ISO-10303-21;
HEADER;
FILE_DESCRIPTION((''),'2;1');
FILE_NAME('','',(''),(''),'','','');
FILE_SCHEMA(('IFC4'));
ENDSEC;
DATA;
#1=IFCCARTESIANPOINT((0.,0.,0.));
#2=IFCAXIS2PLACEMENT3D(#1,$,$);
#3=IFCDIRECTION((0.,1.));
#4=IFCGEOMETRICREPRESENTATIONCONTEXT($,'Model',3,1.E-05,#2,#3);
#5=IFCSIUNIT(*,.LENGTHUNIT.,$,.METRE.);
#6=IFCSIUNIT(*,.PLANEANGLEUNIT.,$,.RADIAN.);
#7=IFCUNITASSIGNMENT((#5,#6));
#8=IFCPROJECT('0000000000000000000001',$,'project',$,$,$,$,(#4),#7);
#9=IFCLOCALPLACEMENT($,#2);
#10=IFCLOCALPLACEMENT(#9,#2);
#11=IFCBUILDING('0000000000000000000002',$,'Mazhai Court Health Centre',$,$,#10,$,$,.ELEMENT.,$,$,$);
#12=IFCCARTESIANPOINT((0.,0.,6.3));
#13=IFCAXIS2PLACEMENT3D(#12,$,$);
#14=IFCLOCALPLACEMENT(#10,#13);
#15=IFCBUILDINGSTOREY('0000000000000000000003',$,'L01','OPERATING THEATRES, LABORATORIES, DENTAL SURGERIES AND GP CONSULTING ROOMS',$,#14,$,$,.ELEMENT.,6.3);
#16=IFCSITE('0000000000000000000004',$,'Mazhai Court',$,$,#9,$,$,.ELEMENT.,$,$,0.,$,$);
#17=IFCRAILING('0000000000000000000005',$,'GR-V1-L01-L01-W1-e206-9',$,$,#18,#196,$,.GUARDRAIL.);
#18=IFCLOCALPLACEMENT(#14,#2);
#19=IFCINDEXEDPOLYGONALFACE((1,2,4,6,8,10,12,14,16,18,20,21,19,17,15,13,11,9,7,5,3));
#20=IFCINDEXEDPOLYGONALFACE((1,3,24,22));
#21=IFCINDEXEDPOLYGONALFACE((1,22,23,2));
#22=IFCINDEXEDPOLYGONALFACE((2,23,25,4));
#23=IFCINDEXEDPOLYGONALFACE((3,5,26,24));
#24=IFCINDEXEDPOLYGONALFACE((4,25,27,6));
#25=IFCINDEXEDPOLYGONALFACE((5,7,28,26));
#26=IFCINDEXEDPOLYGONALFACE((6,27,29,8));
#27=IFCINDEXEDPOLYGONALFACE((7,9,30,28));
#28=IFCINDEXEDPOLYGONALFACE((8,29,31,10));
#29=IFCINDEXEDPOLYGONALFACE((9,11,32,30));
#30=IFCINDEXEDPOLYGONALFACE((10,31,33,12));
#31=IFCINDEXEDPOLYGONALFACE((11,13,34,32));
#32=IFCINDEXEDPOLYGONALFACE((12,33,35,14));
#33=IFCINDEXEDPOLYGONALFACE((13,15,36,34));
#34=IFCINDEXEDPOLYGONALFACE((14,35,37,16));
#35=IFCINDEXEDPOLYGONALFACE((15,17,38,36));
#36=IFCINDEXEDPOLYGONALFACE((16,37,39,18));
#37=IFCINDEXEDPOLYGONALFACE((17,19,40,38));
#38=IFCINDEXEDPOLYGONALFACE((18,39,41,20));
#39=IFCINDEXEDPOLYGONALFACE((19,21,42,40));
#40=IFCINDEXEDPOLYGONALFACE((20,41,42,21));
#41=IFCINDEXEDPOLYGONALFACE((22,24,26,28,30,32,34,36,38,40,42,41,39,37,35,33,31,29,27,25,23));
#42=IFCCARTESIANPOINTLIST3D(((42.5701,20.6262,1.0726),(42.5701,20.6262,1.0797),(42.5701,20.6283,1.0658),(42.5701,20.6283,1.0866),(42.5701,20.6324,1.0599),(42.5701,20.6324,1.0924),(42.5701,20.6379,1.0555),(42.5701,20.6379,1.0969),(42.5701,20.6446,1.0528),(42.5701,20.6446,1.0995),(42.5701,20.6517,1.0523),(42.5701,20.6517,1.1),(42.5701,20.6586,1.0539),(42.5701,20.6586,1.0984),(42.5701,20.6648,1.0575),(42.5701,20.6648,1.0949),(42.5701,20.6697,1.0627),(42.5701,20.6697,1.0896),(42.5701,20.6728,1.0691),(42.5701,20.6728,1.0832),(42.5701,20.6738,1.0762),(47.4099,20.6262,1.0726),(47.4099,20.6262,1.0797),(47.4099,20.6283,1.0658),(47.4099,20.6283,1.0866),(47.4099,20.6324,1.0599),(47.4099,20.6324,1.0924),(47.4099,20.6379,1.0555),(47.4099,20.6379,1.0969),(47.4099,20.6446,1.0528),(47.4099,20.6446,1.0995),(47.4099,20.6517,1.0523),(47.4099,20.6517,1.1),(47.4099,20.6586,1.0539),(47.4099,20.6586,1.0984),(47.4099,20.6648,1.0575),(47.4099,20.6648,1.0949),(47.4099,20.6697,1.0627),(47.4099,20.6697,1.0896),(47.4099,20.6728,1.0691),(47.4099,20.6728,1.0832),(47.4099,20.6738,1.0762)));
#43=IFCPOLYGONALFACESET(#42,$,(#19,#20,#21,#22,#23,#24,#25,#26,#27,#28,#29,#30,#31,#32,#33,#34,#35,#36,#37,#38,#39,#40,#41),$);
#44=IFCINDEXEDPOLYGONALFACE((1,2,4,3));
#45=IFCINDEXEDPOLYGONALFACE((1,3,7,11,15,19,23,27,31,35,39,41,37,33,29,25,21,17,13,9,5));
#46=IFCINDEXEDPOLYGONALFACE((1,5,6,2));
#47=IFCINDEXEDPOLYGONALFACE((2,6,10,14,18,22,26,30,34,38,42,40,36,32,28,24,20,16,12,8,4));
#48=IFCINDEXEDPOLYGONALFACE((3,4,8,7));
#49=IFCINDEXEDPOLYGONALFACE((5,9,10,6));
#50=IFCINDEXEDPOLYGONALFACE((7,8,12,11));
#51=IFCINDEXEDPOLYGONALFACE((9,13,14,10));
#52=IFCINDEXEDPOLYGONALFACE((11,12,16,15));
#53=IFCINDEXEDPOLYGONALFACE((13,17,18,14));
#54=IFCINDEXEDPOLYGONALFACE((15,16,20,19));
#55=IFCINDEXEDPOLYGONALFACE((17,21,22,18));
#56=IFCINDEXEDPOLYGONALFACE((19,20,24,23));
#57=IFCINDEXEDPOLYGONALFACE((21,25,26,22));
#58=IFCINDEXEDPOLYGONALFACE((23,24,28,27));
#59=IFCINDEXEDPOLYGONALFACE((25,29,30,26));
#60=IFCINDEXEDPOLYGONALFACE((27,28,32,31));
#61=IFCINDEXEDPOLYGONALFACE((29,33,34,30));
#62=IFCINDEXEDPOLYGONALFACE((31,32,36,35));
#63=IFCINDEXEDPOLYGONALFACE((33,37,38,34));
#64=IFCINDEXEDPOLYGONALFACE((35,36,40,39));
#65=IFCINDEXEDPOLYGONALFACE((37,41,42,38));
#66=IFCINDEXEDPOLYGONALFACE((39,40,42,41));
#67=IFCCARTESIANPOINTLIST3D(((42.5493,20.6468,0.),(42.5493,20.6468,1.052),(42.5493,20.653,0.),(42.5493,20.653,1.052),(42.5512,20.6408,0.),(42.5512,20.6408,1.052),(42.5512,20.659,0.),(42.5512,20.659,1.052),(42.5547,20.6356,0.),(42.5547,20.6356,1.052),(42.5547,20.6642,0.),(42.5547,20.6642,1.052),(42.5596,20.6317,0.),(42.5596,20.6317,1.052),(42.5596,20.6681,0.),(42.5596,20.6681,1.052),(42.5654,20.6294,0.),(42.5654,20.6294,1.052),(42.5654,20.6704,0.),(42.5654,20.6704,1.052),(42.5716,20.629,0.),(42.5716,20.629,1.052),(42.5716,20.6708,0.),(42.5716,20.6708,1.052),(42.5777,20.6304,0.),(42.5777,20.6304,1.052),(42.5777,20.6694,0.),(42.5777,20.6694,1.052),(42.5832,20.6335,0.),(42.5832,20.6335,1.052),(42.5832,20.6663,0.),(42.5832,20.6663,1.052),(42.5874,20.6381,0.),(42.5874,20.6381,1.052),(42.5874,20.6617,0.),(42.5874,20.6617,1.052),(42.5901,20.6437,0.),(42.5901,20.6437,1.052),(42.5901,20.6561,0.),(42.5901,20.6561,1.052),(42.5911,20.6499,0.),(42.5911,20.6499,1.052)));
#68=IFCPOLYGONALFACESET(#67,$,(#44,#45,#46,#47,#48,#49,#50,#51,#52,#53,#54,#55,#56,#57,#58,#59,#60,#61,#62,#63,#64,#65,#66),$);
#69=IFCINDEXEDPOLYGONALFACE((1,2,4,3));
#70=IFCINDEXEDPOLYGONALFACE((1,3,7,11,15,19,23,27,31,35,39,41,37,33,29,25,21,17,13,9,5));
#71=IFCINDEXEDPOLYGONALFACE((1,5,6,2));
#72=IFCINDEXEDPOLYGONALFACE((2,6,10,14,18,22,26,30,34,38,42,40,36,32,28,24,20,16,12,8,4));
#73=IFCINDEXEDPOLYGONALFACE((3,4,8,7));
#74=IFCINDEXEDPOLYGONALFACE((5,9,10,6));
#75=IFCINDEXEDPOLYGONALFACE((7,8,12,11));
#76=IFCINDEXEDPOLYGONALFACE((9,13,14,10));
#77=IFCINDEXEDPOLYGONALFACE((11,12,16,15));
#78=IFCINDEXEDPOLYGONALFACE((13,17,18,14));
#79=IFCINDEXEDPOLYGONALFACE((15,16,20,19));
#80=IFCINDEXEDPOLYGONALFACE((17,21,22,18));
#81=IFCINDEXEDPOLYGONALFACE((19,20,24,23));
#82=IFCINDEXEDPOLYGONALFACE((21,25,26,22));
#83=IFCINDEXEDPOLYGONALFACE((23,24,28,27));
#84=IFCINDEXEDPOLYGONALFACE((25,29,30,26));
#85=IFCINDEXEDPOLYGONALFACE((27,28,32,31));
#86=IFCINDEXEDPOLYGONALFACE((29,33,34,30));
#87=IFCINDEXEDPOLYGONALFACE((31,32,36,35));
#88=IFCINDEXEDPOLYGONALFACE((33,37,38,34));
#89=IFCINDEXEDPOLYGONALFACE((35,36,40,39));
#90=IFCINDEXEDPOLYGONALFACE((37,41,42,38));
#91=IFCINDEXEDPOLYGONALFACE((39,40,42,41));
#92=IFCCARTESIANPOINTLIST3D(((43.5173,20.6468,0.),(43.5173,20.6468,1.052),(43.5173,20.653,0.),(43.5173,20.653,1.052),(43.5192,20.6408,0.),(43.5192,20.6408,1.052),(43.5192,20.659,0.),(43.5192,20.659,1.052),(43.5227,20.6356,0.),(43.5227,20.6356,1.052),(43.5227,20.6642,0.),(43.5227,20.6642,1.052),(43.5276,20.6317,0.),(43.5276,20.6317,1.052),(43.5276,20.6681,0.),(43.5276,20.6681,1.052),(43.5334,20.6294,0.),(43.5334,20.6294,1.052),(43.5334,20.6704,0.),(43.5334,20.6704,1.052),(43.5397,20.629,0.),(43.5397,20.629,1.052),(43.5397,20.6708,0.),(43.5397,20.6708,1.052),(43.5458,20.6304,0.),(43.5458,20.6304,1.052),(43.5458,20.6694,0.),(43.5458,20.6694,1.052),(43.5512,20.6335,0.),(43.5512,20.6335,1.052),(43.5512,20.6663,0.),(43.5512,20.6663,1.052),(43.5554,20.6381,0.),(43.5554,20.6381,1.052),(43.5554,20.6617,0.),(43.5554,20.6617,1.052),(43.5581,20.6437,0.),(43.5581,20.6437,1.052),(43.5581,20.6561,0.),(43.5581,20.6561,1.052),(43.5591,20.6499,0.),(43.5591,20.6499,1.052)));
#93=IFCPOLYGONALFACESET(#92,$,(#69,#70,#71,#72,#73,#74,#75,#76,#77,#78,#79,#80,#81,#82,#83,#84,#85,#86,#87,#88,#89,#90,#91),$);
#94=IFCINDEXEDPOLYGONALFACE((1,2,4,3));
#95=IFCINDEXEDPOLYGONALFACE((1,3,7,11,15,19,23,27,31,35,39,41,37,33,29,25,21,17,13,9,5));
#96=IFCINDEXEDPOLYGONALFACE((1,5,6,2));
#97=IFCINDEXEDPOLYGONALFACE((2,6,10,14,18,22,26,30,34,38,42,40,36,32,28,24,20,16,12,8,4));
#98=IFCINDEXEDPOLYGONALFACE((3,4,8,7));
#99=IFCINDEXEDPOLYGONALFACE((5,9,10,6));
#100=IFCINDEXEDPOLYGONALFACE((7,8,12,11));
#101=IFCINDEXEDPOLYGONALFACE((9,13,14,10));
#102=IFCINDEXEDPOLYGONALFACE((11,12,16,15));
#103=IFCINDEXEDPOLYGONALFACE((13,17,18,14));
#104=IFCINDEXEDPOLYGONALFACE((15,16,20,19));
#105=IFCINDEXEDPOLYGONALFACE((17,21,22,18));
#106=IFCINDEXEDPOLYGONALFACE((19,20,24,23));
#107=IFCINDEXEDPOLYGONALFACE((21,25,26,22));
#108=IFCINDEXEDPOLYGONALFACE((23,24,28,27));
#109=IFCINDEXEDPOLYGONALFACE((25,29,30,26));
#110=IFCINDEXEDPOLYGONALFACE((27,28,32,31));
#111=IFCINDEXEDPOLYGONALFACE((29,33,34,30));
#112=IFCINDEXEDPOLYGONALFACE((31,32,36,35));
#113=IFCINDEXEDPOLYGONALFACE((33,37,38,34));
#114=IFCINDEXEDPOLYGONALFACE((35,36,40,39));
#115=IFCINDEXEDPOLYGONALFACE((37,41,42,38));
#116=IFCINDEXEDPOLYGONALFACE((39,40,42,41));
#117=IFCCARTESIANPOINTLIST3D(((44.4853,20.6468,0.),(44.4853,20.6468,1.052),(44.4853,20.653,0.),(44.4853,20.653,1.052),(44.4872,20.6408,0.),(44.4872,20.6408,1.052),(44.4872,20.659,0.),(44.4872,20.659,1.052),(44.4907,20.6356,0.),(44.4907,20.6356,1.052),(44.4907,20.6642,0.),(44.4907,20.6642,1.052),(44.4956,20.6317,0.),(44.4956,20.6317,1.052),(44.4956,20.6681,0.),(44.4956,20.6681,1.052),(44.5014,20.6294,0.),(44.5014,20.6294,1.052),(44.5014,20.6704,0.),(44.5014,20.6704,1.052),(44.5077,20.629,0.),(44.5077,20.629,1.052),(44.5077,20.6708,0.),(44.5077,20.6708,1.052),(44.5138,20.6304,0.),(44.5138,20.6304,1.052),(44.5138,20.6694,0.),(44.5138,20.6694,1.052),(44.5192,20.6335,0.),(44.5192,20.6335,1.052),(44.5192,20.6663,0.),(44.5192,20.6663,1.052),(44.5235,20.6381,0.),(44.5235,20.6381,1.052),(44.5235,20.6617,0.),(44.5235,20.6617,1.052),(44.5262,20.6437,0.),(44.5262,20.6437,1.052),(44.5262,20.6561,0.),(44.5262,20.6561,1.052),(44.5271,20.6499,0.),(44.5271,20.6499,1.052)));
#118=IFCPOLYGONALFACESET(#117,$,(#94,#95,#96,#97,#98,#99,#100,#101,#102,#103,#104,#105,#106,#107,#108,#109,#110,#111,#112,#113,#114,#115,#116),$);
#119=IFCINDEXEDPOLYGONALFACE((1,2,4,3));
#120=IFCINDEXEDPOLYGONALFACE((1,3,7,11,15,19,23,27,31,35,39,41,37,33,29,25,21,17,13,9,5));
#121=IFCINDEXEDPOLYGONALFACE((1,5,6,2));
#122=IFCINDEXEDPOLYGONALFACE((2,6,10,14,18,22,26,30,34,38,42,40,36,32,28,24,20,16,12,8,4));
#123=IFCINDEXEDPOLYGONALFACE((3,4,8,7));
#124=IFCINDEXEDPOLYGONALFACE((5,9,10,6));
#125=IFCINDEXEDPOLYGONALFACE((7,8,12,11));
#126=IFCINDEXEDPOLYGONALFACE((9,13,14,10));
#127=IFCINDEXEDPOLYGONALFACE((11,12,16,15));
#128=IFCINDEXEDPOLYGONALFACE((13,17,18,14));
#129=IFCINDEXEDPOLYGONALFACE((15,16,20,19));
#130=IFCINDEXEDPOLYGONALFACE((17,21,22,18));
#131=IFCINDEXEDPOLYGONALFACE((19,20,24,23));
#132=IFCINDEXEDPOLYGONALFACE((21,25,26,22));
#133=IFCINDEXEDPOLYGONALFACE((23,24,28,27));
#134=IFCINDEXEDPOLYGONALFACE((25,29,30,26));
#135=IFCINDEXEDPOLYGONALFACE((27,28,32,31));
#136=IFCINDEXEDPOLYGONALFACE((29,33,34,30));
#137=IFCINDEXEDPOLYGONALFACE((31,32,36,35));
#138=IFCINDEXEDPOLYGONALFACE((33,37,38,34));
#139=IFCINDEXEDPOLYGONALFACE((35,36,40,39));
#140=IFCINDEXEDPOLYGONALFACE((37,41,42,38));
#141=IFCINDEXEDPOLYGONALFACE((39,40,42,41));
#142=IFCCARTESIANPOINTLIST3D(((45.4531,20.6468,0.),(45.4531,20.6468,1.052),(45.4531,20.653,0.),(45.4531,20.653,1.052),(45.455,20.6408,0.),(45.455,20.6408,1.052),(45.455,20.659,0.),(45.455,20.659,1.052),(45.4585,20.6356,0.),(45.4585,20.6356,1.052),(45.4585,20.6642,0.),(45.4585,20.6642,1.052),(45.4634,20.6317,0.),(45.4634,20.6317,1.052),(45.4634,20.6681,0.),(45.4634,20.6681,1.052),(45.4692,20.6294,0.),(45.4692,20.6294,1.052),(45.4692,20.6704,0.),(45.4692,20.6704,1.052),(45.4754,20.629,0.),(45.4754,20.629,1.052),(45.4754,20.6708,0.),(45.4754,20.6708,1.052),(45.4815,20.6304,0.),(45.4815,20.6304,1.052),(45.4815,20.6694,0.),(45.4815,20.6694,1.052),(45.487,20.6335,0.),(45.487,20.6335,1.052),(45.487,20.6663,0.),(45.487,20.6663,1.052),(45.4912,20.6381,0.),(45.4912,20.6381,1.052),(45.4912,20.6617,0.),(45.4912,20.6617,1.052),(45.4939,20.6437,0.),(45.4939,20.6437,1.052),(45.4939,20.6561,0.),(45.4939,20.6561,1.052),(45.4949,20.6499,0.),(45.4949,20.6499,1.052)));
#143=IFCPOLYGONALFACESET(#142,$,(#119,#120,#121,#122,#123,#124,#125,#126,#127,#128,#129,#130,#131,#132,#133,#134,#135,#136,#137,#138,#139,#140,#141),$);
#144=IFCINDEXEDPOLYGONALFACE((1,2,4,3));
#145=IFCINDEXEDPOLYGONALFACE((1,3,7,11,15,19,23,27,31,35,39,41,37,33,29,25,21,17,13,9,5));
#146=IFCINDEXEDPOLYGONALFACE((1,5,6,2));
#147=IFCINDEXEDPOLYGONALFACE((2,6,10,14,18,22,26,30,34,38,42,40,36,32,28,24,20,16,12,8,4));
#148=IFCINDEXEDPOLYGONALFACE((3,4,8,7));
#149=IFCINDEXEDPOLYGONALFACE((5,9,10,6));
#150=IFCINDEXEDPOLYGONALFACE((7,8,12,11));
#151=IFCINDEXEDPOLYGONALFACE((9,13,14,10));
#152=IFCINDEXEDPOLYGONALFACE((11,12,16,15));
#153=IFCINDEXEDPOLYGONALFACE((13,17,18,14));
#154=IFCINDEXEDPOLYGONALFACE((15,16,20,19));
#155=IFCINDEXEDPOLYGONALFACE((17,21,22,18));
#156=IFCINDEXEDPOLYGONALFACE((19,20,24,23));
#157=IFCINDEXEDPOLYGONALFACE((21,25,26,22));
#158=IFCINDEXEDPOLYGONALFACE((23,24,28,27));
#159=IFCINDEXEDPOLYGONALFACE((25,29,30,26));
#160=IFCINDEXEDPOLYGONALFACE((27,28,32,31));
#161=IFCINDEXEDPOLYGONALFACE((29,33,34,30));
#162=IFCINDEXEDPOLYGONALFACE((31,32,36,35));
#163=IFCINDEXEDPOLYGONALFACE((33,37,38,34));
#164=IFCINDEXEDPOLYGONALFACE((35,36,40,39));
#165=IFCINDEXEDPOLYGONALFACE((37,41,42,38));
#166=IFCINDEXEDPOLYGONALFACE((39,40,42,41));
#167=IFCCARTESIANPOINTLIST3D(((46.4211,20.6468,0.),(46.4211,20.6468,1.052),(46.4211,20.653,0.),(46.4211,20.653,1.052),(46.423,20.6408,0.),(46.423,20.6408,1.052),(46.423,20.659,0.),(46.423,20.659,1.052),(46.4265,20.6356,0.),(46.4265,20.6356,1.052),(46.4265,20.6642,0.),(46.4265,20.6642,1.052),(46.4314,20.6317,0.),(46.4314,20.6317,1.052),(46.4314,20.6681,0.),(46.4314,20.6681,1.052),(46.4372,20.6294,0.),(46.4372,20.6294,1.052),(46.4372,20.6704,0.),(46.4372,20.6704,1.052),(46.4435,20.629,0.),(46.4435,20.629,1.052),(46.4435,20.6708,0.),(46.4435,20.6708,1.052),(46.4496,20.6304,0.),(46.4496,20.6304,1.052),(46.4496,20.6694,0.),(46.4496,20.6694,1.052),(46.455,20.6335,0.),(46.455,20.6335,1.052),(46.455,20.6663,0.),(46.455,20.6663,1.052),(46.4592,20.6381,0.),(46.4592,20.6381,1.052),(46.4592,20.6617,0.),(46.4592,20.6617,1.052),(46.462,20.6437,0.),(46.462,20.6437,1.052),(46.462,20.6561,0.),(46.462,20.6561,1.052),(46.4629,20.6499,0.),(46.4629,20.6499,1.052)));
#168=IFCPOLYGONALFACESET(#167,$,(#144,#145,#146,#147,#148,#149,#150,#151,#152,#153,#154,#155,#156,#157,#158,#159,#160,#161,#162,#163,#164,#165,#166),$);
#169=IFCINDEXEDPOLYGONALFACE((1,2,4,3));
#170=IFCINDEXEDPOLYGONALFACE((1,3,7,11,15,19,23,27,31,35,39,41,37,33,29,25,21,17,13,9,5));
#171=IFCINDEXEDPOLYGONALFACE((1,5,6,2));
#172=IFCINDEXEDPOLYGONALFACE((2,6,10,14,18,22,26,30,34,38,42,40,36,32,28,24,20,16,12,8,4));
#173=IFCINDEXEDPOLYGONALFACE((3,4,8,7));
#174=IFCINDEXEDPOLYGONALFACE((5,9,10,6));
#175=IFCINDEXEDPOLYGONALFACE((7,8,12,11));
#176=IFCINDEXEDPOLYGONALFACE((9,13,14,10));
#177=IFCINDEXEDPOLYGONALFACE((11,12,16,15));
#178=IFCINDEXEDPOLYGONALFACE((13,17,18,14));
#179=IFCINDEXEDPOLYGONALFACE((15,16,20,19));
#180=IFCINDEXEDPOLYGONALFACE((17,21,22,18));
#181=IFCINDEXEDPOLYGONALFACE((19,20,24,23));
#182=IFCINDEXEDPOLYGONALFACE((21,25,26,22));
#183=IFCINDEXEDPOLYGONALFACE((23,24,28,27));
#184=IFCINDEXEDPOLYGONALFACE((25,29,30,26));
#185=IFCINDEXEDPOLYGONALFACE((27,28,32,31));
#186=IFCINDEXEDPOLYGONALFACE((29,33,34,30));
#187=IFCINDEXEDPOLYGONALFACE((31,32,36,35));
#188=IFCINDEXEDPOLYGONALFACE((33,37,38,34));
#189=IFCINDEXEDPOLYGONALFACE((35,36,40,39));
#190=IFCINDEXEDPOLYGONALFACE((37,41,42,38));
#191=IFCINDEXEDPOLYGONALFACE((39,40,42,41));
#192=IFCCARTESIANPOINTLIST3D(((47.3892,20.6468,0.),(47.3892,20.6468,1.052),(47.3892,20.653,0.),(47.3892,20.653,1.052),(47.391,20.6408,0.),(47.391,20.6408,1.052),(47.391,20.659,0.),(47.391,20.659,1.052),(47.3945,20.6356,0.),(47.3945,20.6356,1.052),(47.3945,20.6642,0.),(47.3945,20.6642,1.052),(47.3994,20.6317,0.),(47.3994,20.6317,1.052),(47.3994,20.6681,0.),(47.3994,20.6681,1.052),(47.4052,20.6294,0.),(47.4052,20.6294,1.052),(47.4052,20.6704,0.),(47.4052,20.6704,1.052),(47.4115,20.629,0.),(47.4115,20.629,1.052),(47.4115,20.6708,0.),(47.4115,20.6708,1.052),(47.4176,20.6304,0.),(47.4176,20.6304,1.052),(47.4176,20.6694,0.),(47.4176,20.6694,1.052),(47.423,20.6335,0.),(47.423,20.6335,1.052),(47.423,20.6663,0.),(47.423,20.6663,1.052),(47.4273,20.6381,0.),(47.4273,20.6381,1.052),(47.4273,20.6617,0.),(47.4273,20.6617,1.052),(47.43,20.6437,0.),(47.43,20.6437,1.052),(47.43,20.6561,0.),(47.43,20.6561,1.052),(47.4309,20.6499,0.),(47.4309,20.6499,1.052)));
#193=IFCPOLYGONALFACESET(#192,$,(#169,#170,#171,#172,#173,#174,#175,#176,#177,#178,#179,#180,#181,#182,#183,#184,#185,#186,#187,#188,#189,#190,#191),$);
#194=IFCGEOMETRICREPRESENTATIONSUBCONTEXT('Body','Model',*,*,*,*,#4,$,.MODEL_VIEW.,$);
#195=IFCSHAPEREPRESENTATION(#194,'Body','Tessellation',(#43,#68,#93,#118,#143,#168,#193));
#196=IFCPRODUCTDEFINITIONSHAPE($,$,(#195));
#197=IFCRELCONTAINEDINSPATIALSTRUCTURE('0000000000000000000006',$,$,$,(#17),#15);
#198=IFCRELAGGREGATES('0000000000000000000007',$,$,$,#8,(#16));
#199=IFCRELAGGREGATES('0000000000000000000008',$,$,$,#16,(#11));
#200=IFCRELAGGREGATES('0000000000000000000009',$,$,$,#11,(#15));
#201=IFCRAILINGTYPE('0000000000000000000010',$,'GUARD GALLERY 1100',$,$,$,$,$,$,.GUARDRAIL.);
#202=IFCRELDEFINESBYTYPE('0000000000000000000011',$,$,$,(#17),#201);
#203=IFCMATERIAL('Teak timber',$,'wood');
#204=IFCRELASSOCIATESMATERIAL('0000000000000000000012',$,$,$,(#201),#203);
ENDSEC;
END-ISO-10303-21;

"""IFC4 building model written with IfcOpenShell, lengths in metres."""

from ifc_helpers import new_model, si_unit, direction, frame, origin, origin_2d, place, context, subcontext, project, spatial, circle, extrude, material, type_object, element, save


model = new_model("IFC4")

# Units and contexts
model_context = context("Model", 3, precision=1e-05, world=origin(), true_north=direction((0.0, 1.0)))
body_context = subcontext(model_context, "Body", "Model", "MODEL_VIEW")
ifc_project = project(units=[si_unit("LENGTHUNIT", "METRE"), si_unit("PLANEANGLEUNIT", "RADIAN")], contexts=[model_context])

# Site, building, storey
site_placement = place(None, origin())
site = spatial("IfcSite", under=ifc_project, at=site_placement, Name="Mazhai Court", CompositionType="ELEMENT", RefElevation=0.0)
building_placement = place(site_placement, origin())
building = spatial("IfcBuilding", under=site, at=building_placement, Name="Mazhai Court Health Centre", CompositionType="ELEMENT")
storey_placement = place(building_placement, frame((0.0, 0.0, 6.3)))
storey = spatial("IfcBuildingStorey", under=building, at=storey_placement, Name="L01", Description="OPERATING THEATRES, LABORATORIES, DENTAL SURGERIES AND GP CONSULTING ROOMS", CompositionType="ELEMENT", Elevation=6.3)

# Railing
ifc_material_1 = material(Name="Teak timber", Category="wood")
railing_type = type_object("IfcRailingType", Name="GUARD GALLERY 1100", PredefinedType="GUARDRAIL", material=ifc_material_1)
railing_1_placement = place(storey_placement, frame((42.5701, 20.6499, 0.0)))
element("IfcRailing", 1, at=railing_1_placement, inside=storey, type_object=railing_type, Name="GR-V1-L01-L01-W1-e206-9", PredefinedType="GUARDRAIL", context=body_context, shape_type="SweptSolid", body=[
    extrude(circle(Radius=0.0239, at=origin_2d()), frame((0.0, 0.0, 1.0762), z_axis=(1.0, 0.0, 0.0), x_axis=(0.0, 1.0, 0.0)), (0.0, 0.0, 1.0), 4.8398),
    extrude(circle(Radius=0.021, at=origin_2d()), origin(), (0.0, 0.0, 1.0), 1.052),
    extrude(circle(Radius=0.021, at=origin_2d()), frame((0.968, 0.0, 0.0)), (0.0, 0.0, 1.0), 1.052),
    extrude(circle(Radius=0.021, at=origin_2d()), frame((1.936, 0.0, 0.0)), (0.0, 0.0, 1.0), 1.052),
    extrude(circle(Radius=0.021, at=origin_2d()), frame((2.9038, 0.0, 0.0)), (0.0, 0.0, 1.0), 1.052),
    extrude(circle(Radius=0.021, at=origin_2d()), frame((3.8718, 0.0, 0.0)), (0.0, 0.0, 1.0), 1.052),
    extrude(circle(Radius=0.021, at=origin_2d()), frame((4.8398, 0.0, 0.0)), (0.0, 0.0, 1.0), 1.052),
])

save(model, "model.ifc")
